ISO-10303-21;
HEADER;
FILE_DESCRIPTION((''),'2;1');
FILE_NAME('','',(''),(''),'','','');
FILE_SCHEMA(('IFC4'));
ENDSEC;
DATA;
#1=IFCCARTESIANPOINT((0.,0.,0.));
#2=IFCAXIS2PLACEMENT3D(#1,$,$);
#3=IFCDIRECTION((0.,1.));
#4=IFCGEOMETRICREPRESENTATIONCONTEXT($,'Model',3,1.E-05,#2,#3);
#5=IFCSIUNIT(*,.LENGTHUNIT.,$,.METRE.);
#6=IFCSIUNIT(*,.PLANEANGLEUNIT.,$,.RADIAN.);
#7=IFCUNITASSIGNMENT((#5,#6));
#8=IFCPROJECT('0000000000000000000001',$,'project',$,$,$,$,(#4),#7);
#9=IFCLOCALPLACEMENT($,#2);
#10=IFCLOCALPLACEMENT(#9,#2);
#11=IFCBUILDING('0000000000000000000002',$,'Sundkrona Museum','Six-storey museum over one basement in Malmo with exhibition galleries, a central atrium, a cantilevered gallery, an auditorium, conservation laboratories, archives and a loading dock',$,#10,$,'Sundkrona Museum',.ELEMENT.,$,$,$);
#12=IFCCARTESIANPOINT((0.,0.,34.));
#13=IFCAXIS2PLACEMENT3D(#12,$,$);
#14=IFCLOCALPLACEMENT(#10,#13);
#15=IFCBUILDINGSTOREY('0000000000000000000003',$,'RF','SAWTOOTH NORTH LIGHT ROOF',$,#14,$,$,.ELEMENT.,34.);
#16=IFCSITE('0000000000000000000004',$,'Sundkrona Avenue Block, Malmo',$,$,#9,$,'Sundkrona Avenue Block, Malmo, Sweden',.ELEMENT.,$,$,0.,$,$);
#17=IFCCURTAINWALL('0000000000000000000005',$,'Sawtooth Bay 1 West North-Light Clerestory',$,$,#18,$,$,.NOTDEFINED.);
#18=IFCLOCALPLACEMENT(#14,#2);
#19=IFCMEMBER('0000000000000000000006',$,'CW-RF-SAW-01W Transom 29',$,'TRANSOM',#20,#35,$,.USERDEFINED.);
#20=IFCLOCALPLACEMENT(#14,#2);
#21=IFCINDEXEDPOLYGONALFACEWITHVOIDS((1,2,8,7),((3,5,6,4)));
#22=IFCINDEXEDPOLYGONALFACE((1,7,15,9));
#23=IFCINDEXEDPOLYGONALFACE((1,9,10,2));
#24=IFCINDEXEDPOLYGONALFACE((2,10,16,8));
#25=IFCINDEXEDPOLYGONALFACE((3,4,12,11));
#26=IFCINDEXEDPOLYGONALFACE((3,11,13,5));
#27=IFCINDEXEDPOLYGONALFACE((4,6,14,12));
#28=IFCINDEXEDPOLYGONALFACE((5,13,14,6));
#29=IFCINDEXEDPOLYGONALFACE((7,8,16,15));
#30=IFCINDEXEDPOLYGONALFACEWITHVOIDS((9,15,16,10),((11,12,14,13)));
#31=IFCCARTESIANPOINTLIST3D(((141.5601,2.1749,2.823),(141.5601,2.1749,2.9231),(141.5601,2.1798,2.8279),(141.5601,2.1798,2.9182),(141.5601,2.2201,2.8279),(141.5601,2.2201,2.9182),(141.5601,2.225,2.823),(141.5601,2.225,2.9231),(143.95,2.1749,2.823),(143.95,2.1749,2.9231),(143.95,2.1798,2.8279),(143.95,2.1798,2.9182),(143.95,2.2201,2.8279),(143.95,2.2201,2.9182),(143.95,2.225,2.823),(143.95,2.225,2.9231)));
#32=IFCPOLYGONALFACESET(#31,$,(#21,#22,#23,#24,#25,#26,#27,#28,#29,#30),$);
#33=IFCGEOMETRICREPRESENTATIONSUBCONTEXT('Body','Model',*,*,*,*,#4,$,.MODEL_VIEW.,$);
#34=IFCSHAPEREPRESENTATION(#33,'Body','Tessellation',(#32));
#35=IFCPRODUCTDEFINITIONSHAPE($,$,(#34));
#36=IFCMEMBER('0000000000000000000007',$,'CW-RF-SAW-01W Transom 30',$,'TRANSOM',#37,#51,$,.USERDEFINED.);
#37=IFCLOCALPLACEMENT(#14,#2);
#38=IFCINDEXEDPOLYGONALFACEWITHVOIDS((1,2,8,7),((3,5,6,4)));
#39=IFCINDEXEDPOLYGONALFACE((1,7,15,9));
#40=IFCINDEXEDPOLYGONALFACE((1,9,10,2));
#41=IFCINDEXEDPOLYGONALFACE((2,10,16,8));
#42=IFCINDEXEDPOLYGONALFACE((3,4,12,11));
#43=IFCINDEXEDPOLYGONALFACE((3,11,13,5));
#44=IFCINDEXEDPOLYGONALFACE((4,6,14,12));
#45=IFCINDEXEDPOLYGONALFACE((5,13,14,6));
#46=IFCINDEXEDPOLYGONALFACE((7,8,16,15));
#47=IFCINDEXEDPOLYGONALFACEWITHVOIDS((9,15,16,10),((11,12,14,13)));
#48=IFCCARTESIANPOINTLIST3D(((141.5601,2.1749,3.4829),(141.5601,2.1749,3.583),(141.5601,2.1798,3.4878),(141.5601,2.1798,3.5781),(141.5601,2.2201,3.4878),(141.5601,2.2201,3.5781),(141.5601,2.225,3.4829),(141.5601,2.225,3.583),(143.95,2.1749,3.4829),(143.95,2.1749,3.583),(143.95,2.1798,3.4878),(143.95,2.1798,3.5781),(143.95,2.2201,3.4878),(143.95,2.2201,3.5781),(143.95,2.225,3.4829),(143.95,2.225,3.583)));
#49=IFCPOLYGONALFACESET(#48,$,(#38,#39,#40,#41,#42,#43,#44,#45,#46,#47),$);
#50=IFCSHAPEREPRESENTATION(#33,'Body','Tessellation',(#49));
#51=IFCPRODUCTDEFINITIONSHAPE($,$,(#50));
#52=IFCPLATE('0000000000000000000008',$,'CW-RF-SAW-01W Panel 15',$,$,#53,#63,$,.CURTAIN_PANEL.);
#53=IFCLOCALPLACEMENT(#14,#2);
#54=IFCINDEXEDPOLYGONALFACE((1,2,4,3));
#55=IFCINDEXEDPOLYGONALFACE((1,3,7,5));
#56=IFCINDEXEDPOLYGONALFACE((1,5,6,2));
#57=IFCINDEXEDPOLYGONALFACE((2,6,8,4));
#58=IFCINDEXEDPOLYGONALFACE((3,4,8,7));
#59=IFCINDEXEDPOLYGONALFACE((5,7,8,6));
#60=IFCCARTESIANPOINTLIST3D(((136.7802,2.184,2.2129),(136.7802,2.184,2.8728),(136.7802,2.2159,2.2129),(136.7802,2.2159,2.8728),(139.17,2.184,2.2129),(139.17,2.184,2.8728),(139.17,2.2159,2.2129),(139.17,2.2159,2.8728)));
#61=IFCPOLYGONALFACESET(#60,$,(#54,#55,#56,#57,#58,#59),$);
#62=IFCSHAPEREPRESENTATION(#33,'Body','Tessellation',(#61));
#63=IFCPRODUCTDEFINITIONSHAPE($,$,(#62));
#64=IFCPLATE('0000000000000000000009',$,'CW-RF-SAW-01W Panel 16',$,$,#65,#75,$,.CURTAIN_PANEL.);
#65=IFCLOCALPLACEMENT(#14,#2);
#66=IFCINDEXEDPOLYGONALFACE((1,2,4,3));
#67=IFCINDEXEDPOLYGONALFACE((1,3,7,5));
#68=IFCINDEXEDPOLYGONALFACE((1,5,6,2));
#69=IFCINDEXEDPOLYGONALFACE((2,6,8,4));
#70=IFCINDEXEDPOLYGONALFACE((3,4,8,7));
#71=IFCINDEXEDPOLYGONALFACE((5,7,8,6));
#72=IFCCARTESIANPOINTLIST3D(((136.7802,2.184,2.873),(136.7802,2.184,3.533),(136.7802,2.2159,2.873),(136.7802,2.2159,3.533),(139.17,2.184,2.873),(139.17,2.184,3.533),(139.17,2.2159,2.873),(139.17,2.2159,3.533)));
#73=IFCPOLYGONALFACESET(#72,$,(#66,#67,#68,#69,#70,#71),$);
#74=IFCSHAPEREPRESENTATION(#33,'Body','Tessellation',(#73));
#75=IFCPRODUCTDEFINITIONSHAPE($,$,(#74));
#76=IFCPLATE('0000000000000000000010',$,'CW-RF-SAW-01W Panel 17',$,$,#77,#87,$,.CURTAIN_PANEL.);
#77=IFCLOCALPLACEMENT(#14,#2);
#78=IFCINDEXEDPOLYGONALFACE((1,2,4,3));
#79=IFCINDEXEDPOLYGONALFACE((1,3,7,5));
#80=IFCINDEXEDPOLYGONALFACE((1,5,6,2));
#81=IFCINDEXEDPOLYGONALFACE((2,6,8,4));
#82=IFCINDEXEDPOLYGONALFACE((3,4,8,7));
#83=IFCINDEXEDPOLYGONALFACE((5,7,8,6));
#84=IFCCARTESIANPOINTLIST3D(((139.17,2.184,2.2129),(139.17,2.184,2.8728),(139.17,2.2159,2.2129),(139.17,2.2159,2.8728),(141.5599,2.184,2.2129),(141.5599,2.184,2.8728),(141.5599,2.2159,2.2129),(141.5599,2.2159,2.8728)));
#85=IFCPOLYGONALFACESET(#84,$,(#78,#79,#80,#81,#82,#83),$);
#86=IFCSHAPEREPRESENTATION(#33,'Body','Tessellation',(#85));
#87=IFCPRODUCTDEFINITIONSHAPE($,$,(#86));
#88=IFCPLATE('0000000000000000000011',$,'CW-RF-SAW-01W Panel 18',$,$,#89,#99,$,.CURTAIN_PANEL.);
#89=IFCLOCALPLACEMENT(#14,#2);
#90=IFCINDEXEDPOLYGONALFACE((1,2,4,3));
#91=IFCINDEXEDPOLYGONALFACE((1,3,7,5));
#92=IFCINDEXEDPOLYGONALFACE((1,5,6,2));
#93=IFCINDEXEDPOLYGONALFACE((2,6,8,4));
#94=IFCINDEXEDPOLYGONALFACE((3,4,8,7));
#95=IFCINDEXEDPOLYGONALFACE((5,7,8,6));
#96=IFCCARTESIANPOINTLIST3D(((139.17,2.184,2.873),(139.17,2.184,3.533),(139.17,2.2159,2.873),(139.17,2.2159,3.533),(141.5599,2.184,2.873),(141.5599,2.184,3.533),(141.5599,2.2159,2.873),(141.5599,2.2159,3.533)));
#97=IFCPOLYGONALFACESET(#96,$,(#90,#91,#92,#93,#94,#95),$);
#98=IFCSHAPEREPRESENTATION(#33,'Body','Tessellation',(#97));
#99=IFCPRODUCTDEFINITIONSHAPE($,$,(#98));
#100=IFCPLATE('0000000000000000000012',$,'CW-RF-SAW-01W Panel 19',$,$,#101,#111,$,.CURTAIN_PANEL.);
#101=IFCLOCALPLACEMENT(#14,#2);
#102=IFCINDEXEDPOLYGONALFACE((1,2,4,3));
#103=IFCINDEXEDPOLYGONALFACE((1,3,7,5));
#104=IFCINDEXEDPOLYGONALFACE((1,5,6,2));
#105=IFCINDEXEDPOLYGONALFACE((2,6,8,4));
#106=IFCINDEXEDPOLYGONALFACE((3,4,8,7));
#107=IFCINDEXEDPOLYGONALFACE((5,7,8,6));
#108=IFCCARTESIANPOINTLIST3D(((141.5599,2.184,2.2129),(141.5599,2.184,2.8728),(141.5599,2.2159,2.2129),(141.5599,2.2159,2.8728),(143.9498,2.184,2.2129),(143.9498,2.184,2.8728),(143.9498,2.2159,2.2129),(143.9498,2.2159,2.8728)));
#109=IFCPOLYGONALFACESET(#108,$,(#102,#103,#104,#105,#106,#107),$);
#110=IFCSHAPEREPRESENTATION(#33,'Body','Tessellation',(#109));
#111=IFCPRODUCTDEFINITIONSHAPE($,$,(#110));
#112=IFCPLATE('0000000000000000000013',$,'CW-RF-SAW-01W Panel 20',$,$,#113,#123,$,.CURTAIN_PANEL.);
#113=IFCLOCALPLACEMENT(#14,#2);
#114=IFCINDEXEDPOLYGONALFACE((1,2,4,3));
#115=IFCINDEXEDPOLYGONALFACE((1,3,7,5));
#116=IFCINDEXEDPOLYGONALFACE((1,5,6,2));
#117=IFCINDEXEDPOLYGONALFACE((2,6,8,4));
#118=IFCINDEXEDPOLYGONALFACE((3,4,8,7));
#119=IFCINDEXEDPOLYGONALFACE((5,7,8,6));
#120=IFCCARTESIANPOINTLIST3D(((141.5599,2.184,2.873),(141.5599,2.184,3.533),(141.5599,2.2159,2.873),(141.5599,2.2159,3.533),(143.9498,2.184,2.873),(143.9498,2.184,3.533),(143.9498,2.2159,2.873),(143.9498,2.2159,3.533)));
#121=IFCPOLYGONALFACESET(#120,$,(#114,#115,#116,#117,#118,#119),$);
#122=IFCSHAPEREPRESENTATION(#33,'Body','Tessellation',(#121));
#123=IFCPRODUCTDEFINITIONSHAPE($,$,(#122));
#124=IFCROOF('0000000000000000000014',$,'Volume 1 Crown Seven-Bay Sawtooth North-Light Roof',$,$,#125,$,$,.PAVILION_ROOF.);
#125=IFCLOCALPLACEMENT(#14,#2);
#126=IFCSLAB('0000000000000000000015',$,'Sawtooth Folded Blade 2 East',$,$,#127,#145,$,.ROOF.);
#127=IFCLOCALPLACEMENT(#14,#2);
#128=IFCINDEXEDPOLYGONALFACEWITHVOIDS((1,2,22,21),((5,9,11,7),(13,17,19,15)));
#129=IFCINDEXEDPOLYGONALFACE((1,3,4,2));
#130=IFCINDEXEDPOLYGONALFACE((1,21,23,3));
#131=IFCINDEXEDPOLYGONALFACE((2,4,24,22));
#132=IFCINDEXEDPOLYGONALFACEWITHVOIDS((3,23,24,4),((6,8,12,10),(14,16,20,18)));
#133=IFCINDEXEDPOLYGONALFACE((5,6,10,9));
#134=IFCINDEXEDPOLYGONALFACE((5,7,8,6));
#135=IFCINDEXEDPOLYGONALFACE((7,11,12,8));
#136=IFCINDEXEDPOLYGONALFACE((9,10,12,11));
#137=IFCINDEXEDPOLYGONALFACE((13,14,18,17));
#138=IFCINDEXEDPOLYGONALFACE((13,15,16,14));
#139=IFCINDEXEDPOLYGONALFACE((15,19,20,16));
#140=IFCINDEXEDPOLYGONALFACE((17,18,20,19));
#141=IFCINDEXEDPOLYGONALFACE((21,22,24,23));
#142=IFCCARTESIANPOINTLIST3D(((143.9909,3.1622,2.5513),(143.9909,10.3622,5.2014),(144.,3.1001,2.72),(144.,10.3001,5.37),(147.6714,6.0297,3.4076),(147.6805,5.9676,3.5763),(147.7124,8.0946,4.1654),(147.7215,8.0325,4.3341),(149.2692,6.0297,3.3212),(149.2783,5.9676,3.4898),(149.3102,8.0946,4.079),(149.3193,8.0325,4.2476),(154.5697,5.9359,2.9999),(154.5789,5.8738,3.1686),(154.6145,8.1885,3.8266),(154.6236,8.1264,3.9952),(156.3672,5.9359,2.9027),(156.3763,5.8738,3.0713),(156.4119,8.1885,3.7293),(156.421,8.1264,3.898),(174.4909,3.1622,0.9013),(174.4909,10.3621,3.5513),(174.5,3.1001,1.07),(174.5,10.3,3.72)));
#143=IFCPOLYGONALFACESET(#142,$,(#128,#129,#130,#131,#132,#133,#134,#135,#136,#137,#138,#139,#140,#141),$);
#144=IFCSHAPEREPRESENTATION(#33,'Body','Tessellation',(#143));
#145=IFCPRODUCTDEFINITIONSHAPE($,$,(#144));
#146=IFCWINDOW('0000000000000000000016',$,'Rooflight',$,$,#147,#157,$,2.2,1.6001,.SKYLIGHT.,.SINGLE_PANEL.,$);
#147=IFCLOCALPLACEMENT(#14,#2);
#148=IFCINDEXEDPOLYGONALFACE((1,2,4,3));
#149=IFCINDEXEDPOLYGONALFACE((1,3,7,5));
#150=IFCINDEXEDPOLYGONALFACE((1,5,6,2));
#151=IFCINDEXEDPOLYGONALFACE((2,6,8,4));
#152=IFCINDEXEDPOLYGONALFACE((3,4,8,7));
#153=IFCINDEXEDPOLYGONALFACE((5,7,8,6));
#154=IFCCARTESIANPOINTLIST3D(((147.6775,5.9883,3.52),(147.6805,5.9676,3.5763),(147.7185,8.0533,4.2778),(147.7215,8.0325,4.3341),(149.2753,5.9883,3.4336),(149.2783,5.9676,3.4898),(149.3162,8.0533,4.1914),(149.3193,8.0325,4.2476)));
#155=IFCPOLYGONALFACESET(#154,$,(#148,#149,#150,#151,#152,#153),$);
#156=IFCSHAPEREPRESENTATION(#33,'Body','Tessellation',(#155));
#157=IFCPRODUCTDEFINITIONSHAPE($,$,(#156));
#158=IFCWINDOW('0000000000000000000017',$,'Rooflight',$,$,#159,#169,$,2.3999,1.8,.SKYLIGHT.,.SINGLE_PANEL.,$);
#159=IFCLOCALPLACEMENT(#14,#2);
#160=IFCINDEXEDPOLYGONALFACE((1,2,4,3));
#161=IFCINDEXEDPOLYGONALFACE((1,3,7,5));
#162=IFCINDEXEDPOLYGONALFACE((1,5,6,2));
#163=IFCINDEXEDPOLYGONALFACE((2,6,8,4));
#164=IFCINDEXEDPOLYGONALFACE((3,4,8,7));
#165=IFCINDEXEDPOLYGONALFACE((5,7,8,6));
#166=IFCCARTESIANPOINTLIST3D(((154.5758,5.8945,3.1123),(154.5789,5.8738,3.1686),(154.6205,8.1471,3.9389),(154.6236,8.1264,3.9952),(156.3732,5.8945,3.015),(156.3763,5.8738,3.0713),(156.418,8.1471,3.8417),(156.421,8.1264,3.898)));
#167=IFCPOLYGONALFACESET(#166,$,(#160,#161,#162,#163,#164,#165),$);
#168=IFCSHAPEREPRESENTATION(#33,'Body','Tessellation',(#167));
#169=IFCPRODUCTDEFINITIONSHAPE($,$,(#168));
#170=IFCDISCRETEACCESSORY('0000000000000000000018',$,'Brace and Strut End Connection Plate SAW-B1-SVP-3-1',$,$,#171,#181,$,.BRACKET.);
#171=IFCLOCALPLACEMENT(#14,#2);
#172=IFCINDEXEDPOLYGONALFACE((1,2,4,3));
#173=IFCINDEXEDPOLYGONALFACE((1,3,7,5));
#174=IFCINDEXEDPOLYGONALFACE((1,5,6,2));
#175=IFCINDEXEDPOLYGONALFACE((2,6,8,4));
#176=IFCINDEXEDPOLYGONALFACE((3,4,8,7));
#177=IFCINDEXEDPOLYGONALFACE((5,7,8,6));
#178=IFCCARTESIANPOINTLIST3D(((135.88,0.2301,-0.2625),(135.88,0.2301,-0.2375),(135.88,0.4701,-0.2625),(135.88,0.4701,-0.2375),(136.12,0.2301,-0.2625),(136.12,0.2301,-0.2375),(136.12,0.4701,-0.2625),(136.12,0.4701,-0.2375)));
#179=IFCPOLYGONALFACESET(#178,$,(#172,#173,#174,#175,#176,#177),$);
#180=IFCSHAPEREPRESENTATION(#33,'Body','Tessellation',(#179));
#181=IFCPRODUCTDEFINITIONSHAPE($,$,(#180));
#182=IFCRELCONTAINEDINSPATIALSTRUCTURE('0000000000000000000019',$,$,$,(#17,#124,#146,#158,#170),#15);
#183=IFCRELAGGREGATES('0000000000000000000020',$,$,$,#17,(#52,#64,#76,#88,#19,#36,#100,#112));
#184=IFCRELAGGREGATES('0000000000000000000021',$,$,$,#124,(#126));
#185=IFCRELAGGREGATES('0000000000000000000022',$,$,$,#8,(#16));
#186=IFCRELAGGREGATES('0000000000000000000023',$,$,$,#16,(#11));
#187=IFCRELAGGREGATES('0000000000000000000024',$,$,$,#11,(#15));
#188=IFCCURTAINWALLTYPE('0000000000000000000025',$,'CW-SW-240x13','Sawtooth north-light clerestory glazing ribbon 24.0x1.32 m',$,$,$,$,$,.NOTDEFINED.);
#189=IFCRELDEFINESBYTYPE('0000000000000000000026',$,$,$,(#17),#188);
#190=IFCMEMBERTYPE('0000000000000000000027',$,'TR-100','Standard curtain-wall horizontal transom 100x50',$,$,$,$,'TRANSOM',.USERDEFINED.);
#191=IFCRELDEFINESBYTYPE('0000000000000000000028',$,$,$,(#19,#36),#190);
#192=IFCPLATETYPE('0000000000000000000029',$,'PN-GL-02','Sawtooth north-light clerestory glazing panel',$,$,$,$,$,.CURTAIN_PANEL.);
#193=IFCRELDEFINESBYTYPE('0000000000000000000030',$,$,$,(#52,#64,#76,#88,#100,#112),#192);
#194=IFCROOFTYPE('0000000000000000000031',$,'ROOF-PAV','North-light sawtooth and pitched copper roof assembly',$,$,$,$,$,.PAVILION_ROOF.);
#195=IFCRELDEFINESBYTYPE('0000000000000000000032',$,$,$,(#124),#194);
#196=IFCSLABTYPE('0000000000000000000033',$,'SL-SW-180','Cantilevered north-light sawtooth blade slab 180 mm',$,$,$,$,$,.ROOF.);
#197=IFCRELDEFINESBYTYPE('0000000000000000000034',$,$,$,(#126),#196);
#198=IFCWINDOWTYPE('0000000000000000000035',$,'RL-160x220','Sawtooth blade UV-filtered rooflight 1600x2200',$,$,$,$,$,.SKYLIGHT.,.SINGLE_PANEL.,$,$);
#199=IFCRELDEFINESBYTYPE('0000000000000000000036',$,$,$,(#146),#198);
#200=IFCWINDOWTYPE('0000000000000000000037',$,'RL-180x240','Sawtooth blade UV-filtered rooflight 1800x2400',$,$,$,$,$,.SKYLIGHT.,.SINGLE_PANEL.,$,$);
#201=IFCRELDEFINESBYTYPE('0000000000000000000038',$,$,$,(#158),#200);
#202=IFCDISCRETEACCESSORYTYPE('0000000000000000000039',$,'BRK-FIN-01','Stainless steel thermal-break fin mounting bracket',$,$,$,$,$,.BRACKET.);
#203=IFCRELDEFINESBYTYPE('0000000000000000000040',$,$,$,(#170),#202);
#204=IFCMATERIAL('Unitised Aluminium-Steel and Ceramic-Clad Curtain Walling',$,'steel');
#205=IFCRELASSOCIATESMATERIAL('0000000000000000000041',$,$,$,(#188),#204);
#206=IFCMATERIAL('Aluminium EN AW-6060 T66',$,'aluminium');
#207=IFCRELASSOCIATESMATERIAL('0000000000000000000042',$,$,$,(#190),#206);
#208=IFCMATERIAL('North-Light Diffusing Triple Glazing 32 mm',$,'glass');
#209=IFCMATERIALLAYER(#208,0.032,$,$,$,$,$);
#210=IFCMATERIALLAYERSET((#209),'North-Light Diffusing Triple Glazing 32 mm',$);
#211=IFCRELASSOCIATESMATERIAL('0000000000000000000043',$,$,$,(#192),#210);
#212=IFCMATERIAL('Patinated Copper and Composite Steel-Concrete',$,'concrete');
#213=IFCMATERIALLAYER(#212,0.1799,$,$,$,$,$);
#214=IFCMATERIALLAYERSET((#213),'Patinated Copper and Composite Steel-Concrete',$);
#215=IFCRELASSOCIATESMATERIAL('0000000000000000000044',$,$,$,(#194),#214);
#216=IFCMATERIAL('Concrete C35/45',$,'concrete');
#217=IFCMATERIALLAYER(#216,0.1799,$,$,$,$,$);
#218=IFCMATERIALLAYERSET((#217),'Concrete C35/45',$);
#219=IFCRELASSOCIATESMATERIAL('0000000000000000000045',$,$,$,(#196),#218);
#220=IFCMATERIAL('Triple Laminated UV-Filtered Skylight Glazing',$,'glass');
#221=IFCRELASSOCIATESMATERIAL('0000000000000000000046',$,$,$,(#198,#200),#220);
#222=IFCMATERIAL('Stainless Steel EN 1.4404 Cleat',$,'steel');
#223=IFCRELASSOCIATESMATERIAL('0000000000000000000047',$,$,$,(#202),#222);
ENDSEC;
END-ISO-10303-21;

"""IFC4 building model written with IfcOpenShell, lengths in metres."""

from ifc_helpers import new_model, si_unit, direction, frame, origin, origin_2d, place, context, subcontext, project, spatial, polyline, rectangle, hollow_rectangle, outline, extrude, material, layer, layer_set, material_profile, profile_set, type_object, element, fill, aggregate, save


model = new_model("IFC4")

# Units and contexts
model_context = context("Model", 3, precision=1e-05, world=origin(), true_north=direction((0.0, 1.0)))
body_context = subcontext(model_context, "Body", "Model", "MODEL_VIEW")
ifc_project = project(units=[si_unit("LENGTHUNIT", "METRE"), si_unit("PLANEANGLEUNIT", "RADIAN")], contexts=[model_context])

# Site, building, storey
site_placement = place(None, origin())
site = spatial("IfcSite", under=ifc_project, at=site_placement, Name="Sundkrona Avenue Block, Malmo", LongName="Sundkrona Avenue Block, Malmo, Sweden", CompositionType="ELEMENT", RefElevation=0.0)
building_placement = place(site_placement, origin())
building = spatial("IfcBuilding", under=site, at=building_placement, Name="Sundkrona Museum", Description="Six-storey museum over one basement in Malmo with exhibition galleries, a central atrium, a cantilevered gallery, an auditorium, conservation laboratories, archives and a loading dock", LongName="Sundkrona Museum", CompositionType="ELEMENT")
storey_placement = place(building_placement, frame((0.0, 0.0, 34.0)))
storey = spatial("IfcBuildingStorey", under=building, at=storey_placement, Name="RF", Description="SAWTOOTH NORTH LIGHT ROOF", CompositionType="ELEMENT", Elevation=34.0)

# Curtain wall, members, plates
ifc_material_1 = material(Name="Unitised Aluminium-Steel and Ceramic-Clad Curtain Walling", Category="steel")
curtain_wall_type = type_object("IfcCurtainWallType", Name="CW-SW-240x13", Description="Sawtooth north-light clerestory glazing ribbon 24.0x1.32 m", PredefinedType="NOTDEFINED", material=ifc_material_1)
curtain_wall_placement = place(storey_placement, origin())
curtain_wall = element("IfcCurtainWall", 1, at=curtain_wall_placement, inside=storey, type_object=curtain_wall_type, Name="Sawtooth Bay 1 West North-Light Clerestory", PredefinedType="NOTDEFINED")
ifc_material_2 = material(Name="Aluminium EN AW-6060 T66", Category="aluminium")
ifc_material_profile_1 = material_profile(ifc_material_2, hollow_rectangle(XDim=0.05, YDim=0.1001, WallThickness=0.0049, at=origin_2d()), Name="RHS 100x50x5.0")
ifc_profile_set_1 = profile_set([ifc_material_profile_1], Name="Aluminium EN AW-6060 T66")
member_type_1 = type_object("IfcMemberType", Name="TR-100", Description="Standard curtain-wall horizontal transom 100x50", ElementType="TRANSOM", PredefinedType="USERDEFINED", material=ifc_profile_set_1)
member_1_placement = place(storey_placement, frame((141.5601, 2.2, 2.873), z_axis=(1.0, 0.0, 0.0), x_axis=(0.0, 1.0, 0.0)))
member_1 = element("IfcMember", 2, at=member_1_placement, type_object=member_type_1, Name="CW-RF-SAW-01W Transom 29", ObjectType="TRANSOM", PredefinedType="USERDEFINED", context=body_context, shape_type="SweptSolid", body=[
    extrude(hollow_rectangle(XDim=0.05, YDim=0.1001, WallThickness=0.0049, at=origin_2d()), origin(), (0.0, 0.0, 1.0), 2.3899),
])
member_2_placement = place(storey_placement, frame((141.5601, 2.2, 3.533), z_axis=(1.0, 0.0, 0.0), x_axis=(0.0, 1.0, 0.0)))
member_2 = element("IfcMember", 3, at=member_2_placement, type_object=member_type_1, Name="CW-RF-SAW-01W Transom 30", ObjectType="TRANSOM", PredefinedType="USERDEFINED", context=body_context, shape_type="SweptSolid", body=[
    extrude(hollow_rectangle(XDim=0.05, YDim=0.1001, WallThickness=0.0049, at=origin_2d()), origin(), (0.0, 0.0, 1.0), 2.3899),
])
ifc_material_3 = material(Name="North-Light Diffusing Triple Glazing 32 mm", Category="glass")
ifc_layer_1 = layer(ifc_material_3, 0.032)
ifc_layer_set_1 = layer_set([ifc_layer_1], Name="North-Light Diffusing Triple Glazing 32 mm")
plate_type = type_object("IfcPlateType", Name="PN-GL-02", Description="Sawtooth north-light clerestory glazing panel", PredefinedType="CURTAIN_PANEL", material=ifc_layer_set_1)
plate_1_placement = place(storey_placement, frame((137.9751, 2.2, 2.2129), z_axis=(0.0, 0.0, 1.0), x_axis=(1.0, 0.0, 0.0)))
plate_1 = element("IfcPlate", 4, at=plate_1_placement, type_object=plate_type, Name="CW-RF-SAW-01W Panel 15", PredefinedType="CURTAIN_PANEL", context=body_context, shape_type="SweptSolid", body=[
    extrude(rectangle(XDim=2.3899, YDim=0.032, at=origin_2d()), origin(), (0.0, 0.0, 1.0), 0.6599),
])
plate_2_placement = place(storey_placement, frame((137.9751, 2.2, 2.873), z_axis=(0.0, 0.0, 1.0), x_axis=(1.0, 0.0, 0.0)))
plate_2 = element("IfcPlate", 5, at=plate_2_placement, type_object=plate_type, Name="CW-RF-SAW-01W Panel 16", PredefinedType="CURTAIN_PANEL", context=body_context, shape_type="SweptSolid", body=[
    extrude(rectangle(XDim=2.3899, YDim=0.032, at=origin_2d()), origin(), (0.0, 0.0, 1.0), 0.6599),
])
plate_3_placement = place(storey_placement, frame((140.365, 2.2, 2.2129), z_axis=(0.0, 0.0, 1.0), x_axis=(1.0, 0.0, 0.0)))
plate_3 = element("IfcPlate", 6, at=plate_3_placement, type_object=plate_type, Name="CW-RF-SAW-01W Panel 17", PredefinedType="CURTAIN_PANEL", context=body_context, shape_type="SweptSolid", body=[
    extrude(rectangle(XDim=2.3899, YDim=0.032, at=origin_2d()), origin(), (0.0, 0.0, 1.0), 0.6599),
])
plate_4_placement = place(storey_placement, frame((140.365, 2.2, 2.873), z_axis=(0.0, 0.0, 1.0), x_axis=(1.0, 0.0, 0.0)))
plate_4 = element("IfcPlate", 7, at=plate_4_placement, type_object=plate_type, Name="CW-RF-SAW-01W Panel 18", PredefinedType="CURTAIN_PANEL", context=body_context, shape_type="SweptSolid", body=[
    extrude(rectangle(XDim=2.3899, YDim=0.032, at=origin_2d()), origin(), (0.0, 0.0, 1.0), 0.6599),
])
plate_5_placement = place(storey_placement, frame((142.7549, 2.2, 2.2129), z_axis=(0.0, 0.0, 1.0), x_axis=(1.0, 0.0, 0.0)))
plate_5 = element("IfcPlate", 8, at=plate_5_placement, type_object=plate_type, Name="CW-RF-SAW-01W Panel 19", PredefinedType="CURTAIN_PANEL", context=body_context, shape_type="SweptSolid", body=[
    extrude(rectangle(XDim=2.3899, YDim=0.032, at=origin_2d()), origin(), (0.0, 0.0, 1.0), 0.6599),
])
plate_6_placement = place(storey_placement, frame((142.7549, 2.2, 2.873), z_axis=(0.0, 0.0, 1.0), x_axis=(1.0, 0.0, 0.0)))
plate_6 = element("IfcPlate", 9, at=plate_6_placement, type_object=plate_type, Name="CW-RF-SAW-01W Panel 20", PredefinedType="CURTAIN_PANEL", context=body_context, shape_type="SweptSolid", body=[
    extrude(rectangle(XDim=2.3899, YDim=0.032, at=origin_2d()), origin(), (0.0, 0.0, 1.0), 0.6599),
])
aggregate(curtain_wall, [plate_1, plate_2, plate_3, plate_4, member_1, member_2, plate_5, plate_6])

# Roof, slab, openings, windows
ifc_material_4 = material(Name="Patinated Copper and Composite Steel-Concrete", Category="concrete")
ifc_layer_2 = layer(ifc_material_4, 0.1799)
ifc_layer_set_2 = layer_set([ifc_layer_2], Name="Patinated Copper and Composite Steel-Concrete")
roof_type = type_object("IfcRoofType", Name="ROOF-PAV", Description="North-light sawtooth and pitched copper roof assembly", PredefinedType="PAVILION_ROOF", material=ifc_layer_set_2)
roof_placement = place(storey_placement, origin())
roof = element("IfcRoof", 10, at=roof_placement, inside=storey, type_object=roof_type, Name="Volume 1 Crown Seven-Bay Sawtooth North-Light Roof", PredefinedType="PAVILION_ROOF")
ifc_material_5 = material(Name="Concrete C35/45", Category="concrete")
ifc_layer_3 = layer(ifc_material_5, 0.1799)
ifc_layer_set_3 = layer_set([ifc_layer_3], Name="Concrete C35/45")
slab_type = type_object("IfcSlabType", Name="SL-SW-180", Description="Cantilevered north-light sawtooth blade slab 180 mm", PredefinedType="ROOF", material=ifc_layer_set_3)
ifc_material_6 = material(Name="Triple Laminated UV-Filtered Skylight Glazing", Category="glass")
slab_1_placement = place(storey_placement, frame((144.0, 3.1001, 2.72), z_axis=(0.050704, -0.344964, 0.937245), x_axis=(0.99854, 0.000001, -0.05402)))
slab_1 = element("IfcSlab", 11, at=slab_1_placement, type_object=slab_type, Name="Sawtooth Folded Blade 2 East", PredefinedType="ROOF", context=body_context, shape_type="SweptSolid", body=[
    extrude(outline(polyline([(0.0, 0.0), (30.5446, 0.0), (30.4015, 7.6708), (-0.1432, 7.6709), (0.0, 0.0)])), origin(), (0.0, 0.0, -1.0), 0.1799),
])
opening_1_placement = place(slab_1_placement, frame((4.429, 4.155, 0.01)))
opening_1 = element("IfcOpeningElement", 12, at=opening_1_placement, cuts=slab_1, PredefinedType="OPENING", context=body_context, shape_type="SweptSolid", body=[
    extrude(rectangle(XDim=1.6001, YDim=2.2, at=origin_2d()), origin(), (0.0, 0.0, -1.0), 0.2),
])
opening_2_placement = place(slab_1_placement, frame((11.4392, 4.155, 0.01)))
opening_2 = element("IfcOpeningElement", 13, at=opening_2_placement, cuts=slab_1, PredefinedType="OPENING", context=body_context, shape_type="SweptSolid", body=[
    extrude(rectangle(XDim=1.8, YDim=2.3999, at=origin_2d()), origin(), (0.0, 0.0, -1.0), 0.2),
])
window_type_1 = type_object("IfcWindowType", Name="RL-160x220", Description="Sawtooth blade UV-filtered rooflight 1600x2200", PartitioningType="SINGLE_PANEL", PredefinedType="SKYLIGHT", material=ifc_material_6)
window_1_placement = place(slab_1_placement, frame((4.429, 4.155, 0.0)))
window_1 = element("IfcWindow", 14, at=window_1_placement, inside=storey, type_object=window_type_1, Name="Rooflight", OverallHeight=2.2, OverallWidth=1.6001, PartitioningType="SINGLE_PANEL", PredefinedType="SKYLIGHT", context=body_context, shape_type="SweptSolid", body=[
    extrude(rectangle(XDim=1.6001, YDim=2.2, at=origin_2d()), origin(), (0.0, 0.0, -1.0), 0.0601),
])
fill(opening_1, window_1)
window_type_2 = type_object("IfcWindowType", Name="RL-180x240", Description="Sawtooth blade UV-filtered rooflight 1800x2400", PartitioningType="SINGLE_PANEL", PredefinedType="SKYLIGHT", material=ifc_material_6)
window_2_placement = place(slab_1_placement, frame((11.4392, 4.155, 0.0)))
window_2 = element("IfcWindow", 15, at=window_2_placement, inside=storey, type_object=window_type_2, Name="Rooflight", OverallHeight=2.3999, OverallWidth=1.8, PartitioningType="SINGLE_PANEL", PredefinedType="SKYLIGHT", context=body_context, shape_type="SweptSolid", body=[
    extrude(rectangle(XDim=1.8, YDim=2.3999, at=origin_2d()), origin(), (0.0, 0.0, -1.0), 0.0601),
])
fill(opening_2, window_2)
aggregate(roof, [slab_1])

# Discrete accessory
ifc_material_7 = material(Name="Stainless Steel EN 1.4404 Cleat", Category="steel")
discrete_accessory_type = type_object("IfcDiscreteAccessoryType", Name="BRK-FIN-01", Description="Stainless steel thermal-break fin mounting bracket", PredefinedType="BRACKET", material=ifc_material_7)
for number, where, z_axis, x_axis, name in (
    (16, (136.0, 0.3501, -0.2625), (0.0, 0.0, 1.0), (1.0, 0.0, 0.0), "Brace and Strut End Connection Plate SAW-B1-SVP-3-1"),
):
    element("IfcDiscreteAccessory", number, at=place(storey_placement, frame(where, z_axis=z_axis, x_axis=x_axis)), inside=storey, type_object=discrete_accessory_type, Name=name, PredefinedType="BRACKET", context=body_context, shape_type="SweptSolid", body=[
        extrude(rectangle(XDim=0.24, YDim=0.24, at=origin_2d()), origin(), (0.0, 0.0, 1.0), 0.0249),
    ])

save(model, "model.ifc")
